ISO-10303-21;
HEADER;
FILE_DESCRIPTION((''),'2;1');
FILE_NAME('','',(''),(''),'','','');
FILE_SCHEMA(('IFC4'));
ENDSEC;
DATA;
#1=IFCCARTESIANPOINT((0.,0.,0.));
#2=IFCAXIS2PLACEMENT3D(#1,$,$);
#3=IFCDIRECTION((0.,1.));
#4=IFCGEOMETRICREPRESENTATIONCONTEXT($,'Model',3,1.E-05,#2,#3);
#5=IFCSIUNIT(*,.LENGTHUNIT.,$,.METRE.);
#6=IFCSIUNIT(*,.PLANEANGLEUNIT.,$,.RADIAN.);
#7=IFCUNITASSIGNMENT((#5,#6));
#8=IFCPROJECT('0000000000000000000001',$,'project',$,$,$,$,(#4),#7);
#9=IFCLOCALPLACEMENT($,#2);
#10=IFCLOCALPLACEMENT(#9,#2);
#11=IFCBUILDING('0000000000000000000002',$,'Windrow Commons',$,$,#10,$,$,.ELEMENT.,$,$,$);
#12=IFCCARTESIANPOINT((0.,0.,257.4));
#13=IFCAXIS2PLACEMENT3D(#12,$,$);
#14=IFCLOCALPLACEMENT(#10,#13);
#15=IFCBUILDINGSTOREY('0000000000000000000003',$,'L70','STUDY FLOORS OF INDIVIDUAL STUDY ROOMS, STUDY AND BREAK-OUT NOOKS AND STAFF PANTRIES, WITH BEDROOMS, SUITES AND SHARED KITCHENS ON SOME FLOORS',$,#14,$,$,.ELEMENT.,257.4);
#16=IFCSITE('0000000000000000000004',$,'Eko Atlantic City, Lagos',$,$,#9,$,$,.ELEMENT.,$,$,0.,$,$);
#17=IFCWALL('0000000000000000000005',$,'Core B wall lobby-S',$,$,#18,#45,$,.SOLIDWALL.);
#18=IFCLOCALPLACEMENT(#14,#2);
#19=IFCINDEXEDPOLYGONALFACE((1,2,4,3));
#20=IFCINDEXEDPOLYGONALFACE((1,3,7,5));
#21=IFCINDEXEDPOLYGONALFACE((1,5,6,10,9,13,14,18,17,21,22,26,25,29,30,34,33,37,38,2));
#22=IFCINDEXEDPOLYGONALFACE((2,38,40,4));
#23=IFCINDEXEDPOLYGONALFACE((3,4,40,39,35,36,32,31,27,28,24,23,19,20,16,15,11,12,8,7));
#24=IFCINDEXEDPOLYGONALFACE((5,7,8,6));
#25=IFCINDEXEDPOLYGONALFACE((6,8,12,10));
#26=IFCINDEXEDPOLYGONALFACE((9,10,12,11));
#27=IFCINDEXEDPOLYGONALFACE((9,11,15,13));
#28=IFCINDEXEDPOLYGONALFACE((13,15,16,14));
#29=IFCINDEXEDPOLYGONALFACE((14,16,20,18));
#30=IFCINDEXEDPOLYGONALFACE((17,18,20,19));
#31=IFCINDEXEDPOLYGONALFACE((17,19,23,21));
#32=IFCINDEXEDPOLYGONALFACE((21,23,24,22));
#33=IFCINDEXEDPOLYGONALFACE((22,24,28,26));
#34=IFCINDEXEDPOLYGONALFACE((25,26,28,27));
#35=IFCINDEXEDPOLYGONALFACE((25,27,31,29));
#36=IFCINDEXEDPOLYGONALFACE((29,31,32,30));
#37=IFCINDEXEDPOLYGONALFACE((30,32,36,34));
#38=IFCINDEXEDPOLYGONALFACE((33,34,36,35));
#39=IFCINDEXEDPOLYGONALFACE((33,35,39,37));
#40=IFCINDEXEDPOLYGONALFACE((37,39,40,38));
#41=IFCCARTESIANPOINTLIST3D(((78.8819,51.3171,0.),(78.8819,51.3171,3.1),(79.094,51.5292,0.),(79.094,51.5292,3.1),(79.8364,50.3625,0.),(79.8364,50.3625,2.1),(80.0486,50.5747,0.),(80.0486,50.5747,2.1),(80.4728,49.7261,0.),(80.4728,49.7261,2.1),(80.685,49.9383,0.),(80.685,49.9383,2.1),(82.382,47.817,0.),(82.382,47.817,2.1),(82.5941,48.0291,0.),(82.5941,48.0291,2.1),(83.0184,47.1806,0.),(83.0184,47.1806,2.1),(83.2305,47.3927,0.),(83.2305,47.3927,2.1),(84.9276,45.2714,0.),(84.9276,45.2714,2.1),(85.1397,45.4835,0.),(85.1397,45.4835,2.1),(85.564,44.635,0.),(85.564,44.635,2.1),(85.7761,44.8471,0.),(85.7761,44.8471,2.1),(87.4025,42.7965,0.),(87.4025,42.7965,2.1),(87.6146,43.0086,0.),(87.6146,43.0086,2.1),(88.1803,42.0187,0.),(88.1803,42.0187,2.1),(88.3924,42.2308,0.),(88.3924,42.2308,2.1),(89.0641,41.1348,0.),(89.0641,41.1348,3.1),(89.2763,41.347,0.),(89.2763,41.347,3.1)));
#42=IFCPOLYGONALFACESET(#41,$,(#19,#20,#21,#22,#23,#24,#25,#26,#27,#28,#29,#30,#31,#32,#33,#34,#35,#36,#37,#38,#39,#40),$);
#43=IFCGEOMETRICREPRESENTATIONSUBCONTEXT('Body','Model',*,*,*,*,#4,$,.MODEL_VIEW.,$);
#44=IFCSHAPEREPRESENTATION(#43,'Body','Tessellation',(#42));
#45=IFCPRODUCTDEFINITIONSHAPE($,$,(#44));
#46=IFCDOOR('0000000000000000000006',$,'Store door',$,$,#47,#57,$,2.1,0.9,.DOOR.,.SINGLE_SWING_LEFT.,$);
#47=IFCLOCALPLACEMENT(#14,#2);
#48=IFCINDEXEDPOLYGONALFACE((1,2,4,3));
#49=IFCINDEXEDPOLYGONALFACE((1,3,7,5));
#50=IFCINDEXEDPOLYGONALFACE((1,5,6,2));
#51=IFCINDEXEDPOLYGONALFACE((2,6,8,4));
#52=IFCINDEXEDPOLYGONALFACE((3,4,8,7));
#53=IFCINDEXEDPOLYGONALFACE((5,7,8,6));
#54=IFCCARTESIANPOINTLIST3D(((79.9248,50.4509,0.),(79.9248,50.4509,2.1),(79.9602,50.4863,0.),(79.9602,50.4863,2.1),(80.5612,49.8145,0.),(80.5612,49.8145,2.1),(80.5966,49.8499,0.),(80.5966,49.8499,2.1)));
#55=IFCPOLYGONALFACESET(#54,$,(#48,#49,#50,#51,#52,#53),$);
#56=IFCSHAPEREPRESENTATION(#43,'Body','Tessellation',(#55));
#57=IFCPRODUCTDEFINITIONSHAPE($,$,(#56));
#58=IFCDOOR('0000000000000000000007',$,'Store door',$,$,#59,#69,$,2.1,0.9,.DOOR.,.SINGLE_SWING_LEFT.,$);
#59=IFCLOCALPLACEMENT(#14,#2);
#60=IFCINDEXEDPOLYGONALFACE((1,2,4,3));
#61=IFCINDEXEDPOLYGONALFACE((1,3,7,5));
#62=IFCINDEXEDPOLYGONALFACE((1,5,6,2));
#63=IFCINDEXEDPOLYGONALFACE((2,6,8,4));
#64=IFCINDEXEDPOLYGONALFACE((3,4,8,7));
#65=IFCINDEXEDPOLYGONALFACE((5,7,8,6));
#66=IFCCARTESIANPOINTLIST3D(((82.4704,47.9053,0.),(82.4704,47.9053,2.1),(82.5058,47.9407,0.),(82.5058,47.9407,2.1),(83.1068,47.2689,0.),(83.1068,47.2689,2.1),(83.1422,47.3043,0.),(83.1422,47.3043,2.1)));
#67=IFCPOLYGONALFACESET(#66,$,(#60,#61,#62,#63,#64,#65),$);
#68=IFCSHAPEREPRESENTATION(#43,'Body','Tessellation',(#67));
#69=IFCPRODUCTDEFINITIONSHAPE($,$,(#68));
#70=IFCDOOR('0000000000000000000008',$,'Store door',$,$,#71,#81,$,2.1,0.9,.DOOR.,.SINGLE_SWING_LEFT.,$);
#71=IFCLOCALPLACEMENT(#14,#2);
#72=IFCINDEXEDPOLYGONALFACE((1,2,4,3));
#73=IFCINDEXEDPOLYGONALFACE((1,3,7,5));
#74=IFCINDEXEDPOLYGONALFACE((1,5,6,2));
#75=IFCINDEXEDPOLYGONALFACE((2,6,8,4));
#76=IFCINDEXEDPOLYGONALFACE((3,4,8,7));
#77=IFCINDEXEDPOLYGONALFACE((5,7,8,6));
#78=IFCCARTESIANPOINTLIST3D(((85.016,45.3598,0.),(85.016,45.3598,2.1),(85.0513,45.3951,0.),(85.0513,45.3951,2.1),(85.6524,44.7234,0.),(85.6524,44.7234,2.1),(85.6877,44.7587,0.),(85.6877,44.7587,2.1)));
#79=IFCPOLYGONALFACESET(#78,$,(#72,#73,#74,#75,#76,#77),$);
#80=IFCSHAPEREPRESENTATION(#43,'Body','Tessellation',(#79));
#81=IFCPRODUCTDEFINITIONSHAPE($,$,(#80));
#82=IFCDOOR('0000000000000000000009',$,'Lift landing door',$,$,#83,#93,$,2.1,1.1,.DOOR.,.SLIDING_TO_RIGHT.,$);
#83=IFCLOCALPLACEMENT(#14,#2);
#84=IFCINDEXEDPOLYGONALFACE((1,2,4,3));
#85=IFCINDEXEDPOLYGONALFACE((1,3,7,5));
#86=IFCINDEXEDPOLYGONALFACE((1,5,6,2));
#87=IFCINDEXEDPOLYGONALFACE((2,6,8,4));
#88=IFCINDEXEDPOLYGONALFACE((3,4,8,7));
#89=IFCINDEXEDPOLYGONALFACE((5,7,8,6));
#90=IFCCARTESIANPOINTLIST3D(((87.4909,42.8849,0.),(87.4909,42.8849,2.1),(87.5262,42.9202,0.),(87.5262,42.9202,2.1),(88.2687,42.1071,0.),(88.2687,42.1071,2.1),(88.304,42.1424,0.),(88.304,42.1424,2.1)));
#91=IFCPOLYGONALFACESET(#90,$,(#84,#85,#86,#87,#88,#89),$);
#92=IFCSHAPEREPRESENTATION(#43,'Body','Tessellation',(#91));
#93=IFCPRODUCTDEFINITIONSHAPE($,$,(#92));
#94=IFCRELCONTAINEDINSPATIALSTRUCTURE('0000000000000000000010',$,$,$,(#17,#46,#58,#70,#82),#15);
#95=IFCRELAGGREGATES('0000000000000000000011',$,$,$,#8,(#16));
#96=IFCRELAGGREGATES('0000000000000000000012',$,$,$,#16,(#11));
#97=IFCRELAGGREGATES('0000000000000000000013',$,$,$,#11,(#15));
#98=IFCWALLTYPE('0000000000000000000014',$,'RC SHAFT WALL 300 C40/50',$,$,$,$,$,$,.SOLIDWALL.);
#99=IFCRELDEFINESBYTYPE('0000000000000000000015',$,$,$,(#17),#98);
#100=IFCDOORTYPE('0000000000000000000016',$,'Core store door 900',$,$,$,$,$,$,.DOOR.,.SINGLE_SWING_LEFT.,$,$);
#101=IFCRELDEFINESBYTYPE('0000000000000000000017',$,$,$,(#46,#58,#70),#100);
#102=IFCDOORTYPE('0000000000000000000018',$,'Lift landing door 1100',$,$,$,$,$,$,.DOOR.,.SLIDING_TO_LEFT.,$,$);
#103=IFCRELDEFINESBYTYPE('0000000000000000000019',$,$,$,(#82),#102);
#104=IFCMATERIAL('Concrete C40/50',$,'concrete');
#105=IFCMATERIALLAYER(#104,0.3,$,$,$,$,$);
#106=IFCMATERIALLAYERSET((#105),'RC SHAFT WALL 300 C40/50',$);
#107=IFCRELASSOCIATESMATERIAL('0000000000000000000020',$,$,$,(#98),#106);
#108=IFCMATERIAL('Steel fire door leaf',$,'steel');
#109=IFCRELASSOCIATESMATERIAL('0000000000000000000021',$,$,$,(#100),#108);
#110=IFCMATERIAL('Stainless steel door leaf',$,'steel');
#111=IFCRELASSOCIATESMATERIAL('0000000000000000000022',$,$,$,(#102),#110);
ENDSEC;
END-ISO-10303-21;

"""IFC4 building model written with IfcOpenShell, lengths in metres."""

from ifc_helpers import new_model, si_unit, direction, frame, frame_2d, origin, place, context, subcontext, project, spatial, rectangle, extrude, material, layer, layer_set, type_object, element, fill, save


model = new_model("IFC4")

# Units and contexts
model_context = context("Model", 3, precision=1e-05, world=origin(), true_north=direction((0.0, 1.0)))
body_context = subcontext(model_context, "Body", "Model", "MODEL_VIEW")
ifc_project = project(units=[si_unit("LENGTHUNIT", "METRE"), si_unit("PLANEANGLEUNIT", "RADIAN")], contexts=[model_context])

# Site, building, storey
site_placement = place(None, origin())
site = spatial("IfcSite", under=ifc_project, at=site_placement, Name="Eko Atlantic City, Lagos", CompositionType="ELEMENT", RefElevation=0.0)
building_placement = place(site_placement, origin())
building = spatial("IfcBuilding", under=site, at=building_placement, Name="Windrow Commons", CompositionType="ELEMENT")
storey_placement = place(building_placement, frame((0.0, 0.0, 257.4)))
storey = spatial("IfcBuildingStorey", under=building, at=storey_placement, Name="L70", Description="STUDY FLOORS OF INDIVIDUAL STUDY ROOMS, STUDY AND BREAK-OUT NOOKS AND STAFF PANTRIES, WITH BEDROOMS, SUITES AND SHARED KITCHENS ON SOME FLOORS", CompositionType="ELEMENT", Elevation=257.4)

# Shared definitions
ifc_material_1 = material(Name="Concrete C40/50", Category="concrete")
ifc_layer_1 = layer(ifc_material_1, 0.3)
ifc_layer_set_1 = layer_set([ifc_layer_1], Name="RC SHAFT WALL 300 C40/50")
wall_type_1 = type_object("IfcWallType", Name="RC SHAFT WALL 300 C40/50", PredefinedType="SOLIDWALL", material=ifc_layer_set_1)

# Wall, openings, doors
wall_1_placement = place(storey_placement, frame((78.9879, 51.4232, 0.0), z_axis=(0.0, 0.0, 1.0), x_axis=(0.707107, -0.707107, 0.0)))
wall_1 = element("IfcWall", 1, at=wall_1_placement, inside=storey, type_object=wall_type_1, Name="Core B wall lobby-S", PredefinedType="SOLIDWALL", context=body_context, shape_type="SweptSolid", body=[
    extrude(rectangle(XDim=14.3999, YDim=0.3, at=frame_2d((7.2, 0.0))), origin(), (0.0, 0.0, 1.0), 3.1),
])
opening_1_placement = place(wall_1_placement, frame((1.35, 0.0, 0.0)))
opening_1 = element("IfcOpeningElement", 2, at=opening_1_placement, cuts=wall_1, PredefinedType="OPENING", context=body_context, shape_type="SweptSolid", body=[
    extrude(rectangle(XDim=0.9, YDim=2.1, at=frame_2d((0.45, 1.05))), frame((0.0, 0.16, 0.0), z_axis=(0.0, -1.0, 0.0), x_axis=(1.0, 0.0, 0.0)), (0.0, 0.0, 1.0), 0.32),
])
opening_2_placement = place(wall_1_placement, frame((4.95, 0.0, 0.0)))
opening_2 = element("IfcOpeningElement", 3, at=opening_2_placement, cuts=wall_1, PredefinedType="OPENING", context=body_context, shape_type="SweptSolid", body=[
    extrude(rectangle(XDim=0.9, YDim=2.1, at=frame_2d((0.45, 1.05))), frame((0.0, 0.16, 0.0), z_axis=(0.0, -1.0, 0.0), x_axis=(1.0, 0.0, 0.0)), (0.0, 0.0, 1.0), 0.32),
])
opening_3_placement = place(wall_1_placement, frame((8.55, 0.0, 0.0)))
opening_3 = element("IfcOpeningElement", 4, at=opening_3_placement, cuts=wall_1, PredefinedType="OPENING", context=body_context, shape_type="SweptSolid", body=[
    extrude(rectangle(XDim=0.9, YDim=2.1, at=frame_2d((0.45, 1.05))), frame((0.0, 0.16, 0.0), z_axis=(0.0, -1.0, 0.0), x_axis=(1.0, 0.0, 0.0)), (0.0, 0.0, 1.0), 0.32),
])
opening_4_placement = place(wall_1_placement, frame((12.05, 0.0, 0.0)))
opening_4 = element("IfcOpeningElement", 5, at=opening_4_placement, cuts=wall_1, PredefinedType="OPENING", context=body_context, shape_type="SweptSolid", body=[
    extrude(rectangle(XDim=1.1, YDim=2.1, at=frame_2d((0.55, 1.05))), frame((0.0, 0.16, 0.0), z_axis=(0.0, -1.0, 0.0), x_axis=(1.0, 0.0, 0.0)), (0.0, 0.0, 1.0), 0.32),
])
ifc_material_2 = material(Name="Steel fire door leaf", Category="steel")
door_type_1 = type_object("IfcDoorType", Name="Core store door 900", OperationType="SINGLE_SWING_LEFT", PredefinedType="DOOR", material=ifc_material_2)
door_1_placement = place(opening_1_placement, origin())
door_1 = element("IfcDoor", 6, at=door_1_placement, inside=storey, type_object=door_type_1, Name="Store door", OperationType="SINGLE_SWING_LEFT", OverallHeight=2.1, OverallWidth=0.9, PredefinedType="DOOR", context=body_context, shape_type="SweptSolid", body=[
    extrude(rectangle(XDim=0.9, YDim=2.1, at=frame_2d((0.45, 1.05))), frame((0.0, 0.025, 0.0), z_axis=(0.0, -1.0, 0.0), x_axis=(1.0, 0.0, 0.0)), (0.0, 0.0, 1.0), 0.05),
])
fill(opening_1, door_1)
door_2_placement = place(opening_2_placement, origin())
door_2 = element("IfcDoor", 7, at=door_2_placement, inside=storey, type_object=door_type_1, Name="Store door", OperationType="SINGLE_SWING_LEFT", OverallHeight=2.1, OverallWidth=0.9, PredefinedType="DOOR", context=body_context, shape_type="SweptSolid", body=[
    extrude(rectangle(XDim=0.9, YDim=2.1, at=frame_2d((0.45, 1.05))), frame((0.0, 0.025, 0.0), z_axis=(0.0, -1.0, 0.0), x_axis=(1.0, 0.0, 0.0)), (0.0, 0.0, 1.0), 0.05),
])
fill(opening_2, door_2)
door_3_placement = place(opening_3_placement, origin())
door_3 = element("IfcDoor", 8, at=door_3_placement, inside=storey, type_object=door_type_1, Name="Store door", OperationType="SINGLE_SWING_LEFT", OverallHeight=2.1, OverallWidth=0.9, PredefinedType="DOOR", context=body_context, shape_type="SweptSolid", body=[
    extrude(rectangle(XDim=0.9, YDim=2.1, at=frame_2d((0.45, 1.05))), frame((0.0, 0.025, 0.0), z_axis=(0.0, -1.0, 0.0), x_axis=(1.0, 0.0, 0.0)), (0.0, 0.0, 1.0), 0.05),
])
fill(opening_3, door_3)
ifc_material_3 = material(Name="Stainless steel door leaf", Category="steel")
door_type_2 = type_object("IfcDoorType", Name="Lift landing door 1100", OperationType="SLIDING_TO_LEFT", PredefinedType="DOOR", material=ifc_material_3)
door_4_placement = place(opening_4_placement, origin())
door_4 = element("IfcDoor", 9, at=door_4_placement, inside=storey, type_object=door_type_2, Name="Lift landing door", OperationType="SLIDING_TO_RIGHT", OverallHeight=2.1, OverallWidth=1.1, PredefinedType="DOOR", context=body_context, shape_type="SweptSolid", body=[
    extrude(rectangle(XDim=1.1, YDim=2.1, at=frame_2d((0.55, 1.05))), frame((0.0, 0.025, 0.0), z_axis=(0.0, -1.0, 0.0), x_axis=(1.0, 0.0, 0.0)), (0.0, 0.0, 1.0), 0.05),
])
fill(opening_4, door_4)

save(model, "model.ifc")
